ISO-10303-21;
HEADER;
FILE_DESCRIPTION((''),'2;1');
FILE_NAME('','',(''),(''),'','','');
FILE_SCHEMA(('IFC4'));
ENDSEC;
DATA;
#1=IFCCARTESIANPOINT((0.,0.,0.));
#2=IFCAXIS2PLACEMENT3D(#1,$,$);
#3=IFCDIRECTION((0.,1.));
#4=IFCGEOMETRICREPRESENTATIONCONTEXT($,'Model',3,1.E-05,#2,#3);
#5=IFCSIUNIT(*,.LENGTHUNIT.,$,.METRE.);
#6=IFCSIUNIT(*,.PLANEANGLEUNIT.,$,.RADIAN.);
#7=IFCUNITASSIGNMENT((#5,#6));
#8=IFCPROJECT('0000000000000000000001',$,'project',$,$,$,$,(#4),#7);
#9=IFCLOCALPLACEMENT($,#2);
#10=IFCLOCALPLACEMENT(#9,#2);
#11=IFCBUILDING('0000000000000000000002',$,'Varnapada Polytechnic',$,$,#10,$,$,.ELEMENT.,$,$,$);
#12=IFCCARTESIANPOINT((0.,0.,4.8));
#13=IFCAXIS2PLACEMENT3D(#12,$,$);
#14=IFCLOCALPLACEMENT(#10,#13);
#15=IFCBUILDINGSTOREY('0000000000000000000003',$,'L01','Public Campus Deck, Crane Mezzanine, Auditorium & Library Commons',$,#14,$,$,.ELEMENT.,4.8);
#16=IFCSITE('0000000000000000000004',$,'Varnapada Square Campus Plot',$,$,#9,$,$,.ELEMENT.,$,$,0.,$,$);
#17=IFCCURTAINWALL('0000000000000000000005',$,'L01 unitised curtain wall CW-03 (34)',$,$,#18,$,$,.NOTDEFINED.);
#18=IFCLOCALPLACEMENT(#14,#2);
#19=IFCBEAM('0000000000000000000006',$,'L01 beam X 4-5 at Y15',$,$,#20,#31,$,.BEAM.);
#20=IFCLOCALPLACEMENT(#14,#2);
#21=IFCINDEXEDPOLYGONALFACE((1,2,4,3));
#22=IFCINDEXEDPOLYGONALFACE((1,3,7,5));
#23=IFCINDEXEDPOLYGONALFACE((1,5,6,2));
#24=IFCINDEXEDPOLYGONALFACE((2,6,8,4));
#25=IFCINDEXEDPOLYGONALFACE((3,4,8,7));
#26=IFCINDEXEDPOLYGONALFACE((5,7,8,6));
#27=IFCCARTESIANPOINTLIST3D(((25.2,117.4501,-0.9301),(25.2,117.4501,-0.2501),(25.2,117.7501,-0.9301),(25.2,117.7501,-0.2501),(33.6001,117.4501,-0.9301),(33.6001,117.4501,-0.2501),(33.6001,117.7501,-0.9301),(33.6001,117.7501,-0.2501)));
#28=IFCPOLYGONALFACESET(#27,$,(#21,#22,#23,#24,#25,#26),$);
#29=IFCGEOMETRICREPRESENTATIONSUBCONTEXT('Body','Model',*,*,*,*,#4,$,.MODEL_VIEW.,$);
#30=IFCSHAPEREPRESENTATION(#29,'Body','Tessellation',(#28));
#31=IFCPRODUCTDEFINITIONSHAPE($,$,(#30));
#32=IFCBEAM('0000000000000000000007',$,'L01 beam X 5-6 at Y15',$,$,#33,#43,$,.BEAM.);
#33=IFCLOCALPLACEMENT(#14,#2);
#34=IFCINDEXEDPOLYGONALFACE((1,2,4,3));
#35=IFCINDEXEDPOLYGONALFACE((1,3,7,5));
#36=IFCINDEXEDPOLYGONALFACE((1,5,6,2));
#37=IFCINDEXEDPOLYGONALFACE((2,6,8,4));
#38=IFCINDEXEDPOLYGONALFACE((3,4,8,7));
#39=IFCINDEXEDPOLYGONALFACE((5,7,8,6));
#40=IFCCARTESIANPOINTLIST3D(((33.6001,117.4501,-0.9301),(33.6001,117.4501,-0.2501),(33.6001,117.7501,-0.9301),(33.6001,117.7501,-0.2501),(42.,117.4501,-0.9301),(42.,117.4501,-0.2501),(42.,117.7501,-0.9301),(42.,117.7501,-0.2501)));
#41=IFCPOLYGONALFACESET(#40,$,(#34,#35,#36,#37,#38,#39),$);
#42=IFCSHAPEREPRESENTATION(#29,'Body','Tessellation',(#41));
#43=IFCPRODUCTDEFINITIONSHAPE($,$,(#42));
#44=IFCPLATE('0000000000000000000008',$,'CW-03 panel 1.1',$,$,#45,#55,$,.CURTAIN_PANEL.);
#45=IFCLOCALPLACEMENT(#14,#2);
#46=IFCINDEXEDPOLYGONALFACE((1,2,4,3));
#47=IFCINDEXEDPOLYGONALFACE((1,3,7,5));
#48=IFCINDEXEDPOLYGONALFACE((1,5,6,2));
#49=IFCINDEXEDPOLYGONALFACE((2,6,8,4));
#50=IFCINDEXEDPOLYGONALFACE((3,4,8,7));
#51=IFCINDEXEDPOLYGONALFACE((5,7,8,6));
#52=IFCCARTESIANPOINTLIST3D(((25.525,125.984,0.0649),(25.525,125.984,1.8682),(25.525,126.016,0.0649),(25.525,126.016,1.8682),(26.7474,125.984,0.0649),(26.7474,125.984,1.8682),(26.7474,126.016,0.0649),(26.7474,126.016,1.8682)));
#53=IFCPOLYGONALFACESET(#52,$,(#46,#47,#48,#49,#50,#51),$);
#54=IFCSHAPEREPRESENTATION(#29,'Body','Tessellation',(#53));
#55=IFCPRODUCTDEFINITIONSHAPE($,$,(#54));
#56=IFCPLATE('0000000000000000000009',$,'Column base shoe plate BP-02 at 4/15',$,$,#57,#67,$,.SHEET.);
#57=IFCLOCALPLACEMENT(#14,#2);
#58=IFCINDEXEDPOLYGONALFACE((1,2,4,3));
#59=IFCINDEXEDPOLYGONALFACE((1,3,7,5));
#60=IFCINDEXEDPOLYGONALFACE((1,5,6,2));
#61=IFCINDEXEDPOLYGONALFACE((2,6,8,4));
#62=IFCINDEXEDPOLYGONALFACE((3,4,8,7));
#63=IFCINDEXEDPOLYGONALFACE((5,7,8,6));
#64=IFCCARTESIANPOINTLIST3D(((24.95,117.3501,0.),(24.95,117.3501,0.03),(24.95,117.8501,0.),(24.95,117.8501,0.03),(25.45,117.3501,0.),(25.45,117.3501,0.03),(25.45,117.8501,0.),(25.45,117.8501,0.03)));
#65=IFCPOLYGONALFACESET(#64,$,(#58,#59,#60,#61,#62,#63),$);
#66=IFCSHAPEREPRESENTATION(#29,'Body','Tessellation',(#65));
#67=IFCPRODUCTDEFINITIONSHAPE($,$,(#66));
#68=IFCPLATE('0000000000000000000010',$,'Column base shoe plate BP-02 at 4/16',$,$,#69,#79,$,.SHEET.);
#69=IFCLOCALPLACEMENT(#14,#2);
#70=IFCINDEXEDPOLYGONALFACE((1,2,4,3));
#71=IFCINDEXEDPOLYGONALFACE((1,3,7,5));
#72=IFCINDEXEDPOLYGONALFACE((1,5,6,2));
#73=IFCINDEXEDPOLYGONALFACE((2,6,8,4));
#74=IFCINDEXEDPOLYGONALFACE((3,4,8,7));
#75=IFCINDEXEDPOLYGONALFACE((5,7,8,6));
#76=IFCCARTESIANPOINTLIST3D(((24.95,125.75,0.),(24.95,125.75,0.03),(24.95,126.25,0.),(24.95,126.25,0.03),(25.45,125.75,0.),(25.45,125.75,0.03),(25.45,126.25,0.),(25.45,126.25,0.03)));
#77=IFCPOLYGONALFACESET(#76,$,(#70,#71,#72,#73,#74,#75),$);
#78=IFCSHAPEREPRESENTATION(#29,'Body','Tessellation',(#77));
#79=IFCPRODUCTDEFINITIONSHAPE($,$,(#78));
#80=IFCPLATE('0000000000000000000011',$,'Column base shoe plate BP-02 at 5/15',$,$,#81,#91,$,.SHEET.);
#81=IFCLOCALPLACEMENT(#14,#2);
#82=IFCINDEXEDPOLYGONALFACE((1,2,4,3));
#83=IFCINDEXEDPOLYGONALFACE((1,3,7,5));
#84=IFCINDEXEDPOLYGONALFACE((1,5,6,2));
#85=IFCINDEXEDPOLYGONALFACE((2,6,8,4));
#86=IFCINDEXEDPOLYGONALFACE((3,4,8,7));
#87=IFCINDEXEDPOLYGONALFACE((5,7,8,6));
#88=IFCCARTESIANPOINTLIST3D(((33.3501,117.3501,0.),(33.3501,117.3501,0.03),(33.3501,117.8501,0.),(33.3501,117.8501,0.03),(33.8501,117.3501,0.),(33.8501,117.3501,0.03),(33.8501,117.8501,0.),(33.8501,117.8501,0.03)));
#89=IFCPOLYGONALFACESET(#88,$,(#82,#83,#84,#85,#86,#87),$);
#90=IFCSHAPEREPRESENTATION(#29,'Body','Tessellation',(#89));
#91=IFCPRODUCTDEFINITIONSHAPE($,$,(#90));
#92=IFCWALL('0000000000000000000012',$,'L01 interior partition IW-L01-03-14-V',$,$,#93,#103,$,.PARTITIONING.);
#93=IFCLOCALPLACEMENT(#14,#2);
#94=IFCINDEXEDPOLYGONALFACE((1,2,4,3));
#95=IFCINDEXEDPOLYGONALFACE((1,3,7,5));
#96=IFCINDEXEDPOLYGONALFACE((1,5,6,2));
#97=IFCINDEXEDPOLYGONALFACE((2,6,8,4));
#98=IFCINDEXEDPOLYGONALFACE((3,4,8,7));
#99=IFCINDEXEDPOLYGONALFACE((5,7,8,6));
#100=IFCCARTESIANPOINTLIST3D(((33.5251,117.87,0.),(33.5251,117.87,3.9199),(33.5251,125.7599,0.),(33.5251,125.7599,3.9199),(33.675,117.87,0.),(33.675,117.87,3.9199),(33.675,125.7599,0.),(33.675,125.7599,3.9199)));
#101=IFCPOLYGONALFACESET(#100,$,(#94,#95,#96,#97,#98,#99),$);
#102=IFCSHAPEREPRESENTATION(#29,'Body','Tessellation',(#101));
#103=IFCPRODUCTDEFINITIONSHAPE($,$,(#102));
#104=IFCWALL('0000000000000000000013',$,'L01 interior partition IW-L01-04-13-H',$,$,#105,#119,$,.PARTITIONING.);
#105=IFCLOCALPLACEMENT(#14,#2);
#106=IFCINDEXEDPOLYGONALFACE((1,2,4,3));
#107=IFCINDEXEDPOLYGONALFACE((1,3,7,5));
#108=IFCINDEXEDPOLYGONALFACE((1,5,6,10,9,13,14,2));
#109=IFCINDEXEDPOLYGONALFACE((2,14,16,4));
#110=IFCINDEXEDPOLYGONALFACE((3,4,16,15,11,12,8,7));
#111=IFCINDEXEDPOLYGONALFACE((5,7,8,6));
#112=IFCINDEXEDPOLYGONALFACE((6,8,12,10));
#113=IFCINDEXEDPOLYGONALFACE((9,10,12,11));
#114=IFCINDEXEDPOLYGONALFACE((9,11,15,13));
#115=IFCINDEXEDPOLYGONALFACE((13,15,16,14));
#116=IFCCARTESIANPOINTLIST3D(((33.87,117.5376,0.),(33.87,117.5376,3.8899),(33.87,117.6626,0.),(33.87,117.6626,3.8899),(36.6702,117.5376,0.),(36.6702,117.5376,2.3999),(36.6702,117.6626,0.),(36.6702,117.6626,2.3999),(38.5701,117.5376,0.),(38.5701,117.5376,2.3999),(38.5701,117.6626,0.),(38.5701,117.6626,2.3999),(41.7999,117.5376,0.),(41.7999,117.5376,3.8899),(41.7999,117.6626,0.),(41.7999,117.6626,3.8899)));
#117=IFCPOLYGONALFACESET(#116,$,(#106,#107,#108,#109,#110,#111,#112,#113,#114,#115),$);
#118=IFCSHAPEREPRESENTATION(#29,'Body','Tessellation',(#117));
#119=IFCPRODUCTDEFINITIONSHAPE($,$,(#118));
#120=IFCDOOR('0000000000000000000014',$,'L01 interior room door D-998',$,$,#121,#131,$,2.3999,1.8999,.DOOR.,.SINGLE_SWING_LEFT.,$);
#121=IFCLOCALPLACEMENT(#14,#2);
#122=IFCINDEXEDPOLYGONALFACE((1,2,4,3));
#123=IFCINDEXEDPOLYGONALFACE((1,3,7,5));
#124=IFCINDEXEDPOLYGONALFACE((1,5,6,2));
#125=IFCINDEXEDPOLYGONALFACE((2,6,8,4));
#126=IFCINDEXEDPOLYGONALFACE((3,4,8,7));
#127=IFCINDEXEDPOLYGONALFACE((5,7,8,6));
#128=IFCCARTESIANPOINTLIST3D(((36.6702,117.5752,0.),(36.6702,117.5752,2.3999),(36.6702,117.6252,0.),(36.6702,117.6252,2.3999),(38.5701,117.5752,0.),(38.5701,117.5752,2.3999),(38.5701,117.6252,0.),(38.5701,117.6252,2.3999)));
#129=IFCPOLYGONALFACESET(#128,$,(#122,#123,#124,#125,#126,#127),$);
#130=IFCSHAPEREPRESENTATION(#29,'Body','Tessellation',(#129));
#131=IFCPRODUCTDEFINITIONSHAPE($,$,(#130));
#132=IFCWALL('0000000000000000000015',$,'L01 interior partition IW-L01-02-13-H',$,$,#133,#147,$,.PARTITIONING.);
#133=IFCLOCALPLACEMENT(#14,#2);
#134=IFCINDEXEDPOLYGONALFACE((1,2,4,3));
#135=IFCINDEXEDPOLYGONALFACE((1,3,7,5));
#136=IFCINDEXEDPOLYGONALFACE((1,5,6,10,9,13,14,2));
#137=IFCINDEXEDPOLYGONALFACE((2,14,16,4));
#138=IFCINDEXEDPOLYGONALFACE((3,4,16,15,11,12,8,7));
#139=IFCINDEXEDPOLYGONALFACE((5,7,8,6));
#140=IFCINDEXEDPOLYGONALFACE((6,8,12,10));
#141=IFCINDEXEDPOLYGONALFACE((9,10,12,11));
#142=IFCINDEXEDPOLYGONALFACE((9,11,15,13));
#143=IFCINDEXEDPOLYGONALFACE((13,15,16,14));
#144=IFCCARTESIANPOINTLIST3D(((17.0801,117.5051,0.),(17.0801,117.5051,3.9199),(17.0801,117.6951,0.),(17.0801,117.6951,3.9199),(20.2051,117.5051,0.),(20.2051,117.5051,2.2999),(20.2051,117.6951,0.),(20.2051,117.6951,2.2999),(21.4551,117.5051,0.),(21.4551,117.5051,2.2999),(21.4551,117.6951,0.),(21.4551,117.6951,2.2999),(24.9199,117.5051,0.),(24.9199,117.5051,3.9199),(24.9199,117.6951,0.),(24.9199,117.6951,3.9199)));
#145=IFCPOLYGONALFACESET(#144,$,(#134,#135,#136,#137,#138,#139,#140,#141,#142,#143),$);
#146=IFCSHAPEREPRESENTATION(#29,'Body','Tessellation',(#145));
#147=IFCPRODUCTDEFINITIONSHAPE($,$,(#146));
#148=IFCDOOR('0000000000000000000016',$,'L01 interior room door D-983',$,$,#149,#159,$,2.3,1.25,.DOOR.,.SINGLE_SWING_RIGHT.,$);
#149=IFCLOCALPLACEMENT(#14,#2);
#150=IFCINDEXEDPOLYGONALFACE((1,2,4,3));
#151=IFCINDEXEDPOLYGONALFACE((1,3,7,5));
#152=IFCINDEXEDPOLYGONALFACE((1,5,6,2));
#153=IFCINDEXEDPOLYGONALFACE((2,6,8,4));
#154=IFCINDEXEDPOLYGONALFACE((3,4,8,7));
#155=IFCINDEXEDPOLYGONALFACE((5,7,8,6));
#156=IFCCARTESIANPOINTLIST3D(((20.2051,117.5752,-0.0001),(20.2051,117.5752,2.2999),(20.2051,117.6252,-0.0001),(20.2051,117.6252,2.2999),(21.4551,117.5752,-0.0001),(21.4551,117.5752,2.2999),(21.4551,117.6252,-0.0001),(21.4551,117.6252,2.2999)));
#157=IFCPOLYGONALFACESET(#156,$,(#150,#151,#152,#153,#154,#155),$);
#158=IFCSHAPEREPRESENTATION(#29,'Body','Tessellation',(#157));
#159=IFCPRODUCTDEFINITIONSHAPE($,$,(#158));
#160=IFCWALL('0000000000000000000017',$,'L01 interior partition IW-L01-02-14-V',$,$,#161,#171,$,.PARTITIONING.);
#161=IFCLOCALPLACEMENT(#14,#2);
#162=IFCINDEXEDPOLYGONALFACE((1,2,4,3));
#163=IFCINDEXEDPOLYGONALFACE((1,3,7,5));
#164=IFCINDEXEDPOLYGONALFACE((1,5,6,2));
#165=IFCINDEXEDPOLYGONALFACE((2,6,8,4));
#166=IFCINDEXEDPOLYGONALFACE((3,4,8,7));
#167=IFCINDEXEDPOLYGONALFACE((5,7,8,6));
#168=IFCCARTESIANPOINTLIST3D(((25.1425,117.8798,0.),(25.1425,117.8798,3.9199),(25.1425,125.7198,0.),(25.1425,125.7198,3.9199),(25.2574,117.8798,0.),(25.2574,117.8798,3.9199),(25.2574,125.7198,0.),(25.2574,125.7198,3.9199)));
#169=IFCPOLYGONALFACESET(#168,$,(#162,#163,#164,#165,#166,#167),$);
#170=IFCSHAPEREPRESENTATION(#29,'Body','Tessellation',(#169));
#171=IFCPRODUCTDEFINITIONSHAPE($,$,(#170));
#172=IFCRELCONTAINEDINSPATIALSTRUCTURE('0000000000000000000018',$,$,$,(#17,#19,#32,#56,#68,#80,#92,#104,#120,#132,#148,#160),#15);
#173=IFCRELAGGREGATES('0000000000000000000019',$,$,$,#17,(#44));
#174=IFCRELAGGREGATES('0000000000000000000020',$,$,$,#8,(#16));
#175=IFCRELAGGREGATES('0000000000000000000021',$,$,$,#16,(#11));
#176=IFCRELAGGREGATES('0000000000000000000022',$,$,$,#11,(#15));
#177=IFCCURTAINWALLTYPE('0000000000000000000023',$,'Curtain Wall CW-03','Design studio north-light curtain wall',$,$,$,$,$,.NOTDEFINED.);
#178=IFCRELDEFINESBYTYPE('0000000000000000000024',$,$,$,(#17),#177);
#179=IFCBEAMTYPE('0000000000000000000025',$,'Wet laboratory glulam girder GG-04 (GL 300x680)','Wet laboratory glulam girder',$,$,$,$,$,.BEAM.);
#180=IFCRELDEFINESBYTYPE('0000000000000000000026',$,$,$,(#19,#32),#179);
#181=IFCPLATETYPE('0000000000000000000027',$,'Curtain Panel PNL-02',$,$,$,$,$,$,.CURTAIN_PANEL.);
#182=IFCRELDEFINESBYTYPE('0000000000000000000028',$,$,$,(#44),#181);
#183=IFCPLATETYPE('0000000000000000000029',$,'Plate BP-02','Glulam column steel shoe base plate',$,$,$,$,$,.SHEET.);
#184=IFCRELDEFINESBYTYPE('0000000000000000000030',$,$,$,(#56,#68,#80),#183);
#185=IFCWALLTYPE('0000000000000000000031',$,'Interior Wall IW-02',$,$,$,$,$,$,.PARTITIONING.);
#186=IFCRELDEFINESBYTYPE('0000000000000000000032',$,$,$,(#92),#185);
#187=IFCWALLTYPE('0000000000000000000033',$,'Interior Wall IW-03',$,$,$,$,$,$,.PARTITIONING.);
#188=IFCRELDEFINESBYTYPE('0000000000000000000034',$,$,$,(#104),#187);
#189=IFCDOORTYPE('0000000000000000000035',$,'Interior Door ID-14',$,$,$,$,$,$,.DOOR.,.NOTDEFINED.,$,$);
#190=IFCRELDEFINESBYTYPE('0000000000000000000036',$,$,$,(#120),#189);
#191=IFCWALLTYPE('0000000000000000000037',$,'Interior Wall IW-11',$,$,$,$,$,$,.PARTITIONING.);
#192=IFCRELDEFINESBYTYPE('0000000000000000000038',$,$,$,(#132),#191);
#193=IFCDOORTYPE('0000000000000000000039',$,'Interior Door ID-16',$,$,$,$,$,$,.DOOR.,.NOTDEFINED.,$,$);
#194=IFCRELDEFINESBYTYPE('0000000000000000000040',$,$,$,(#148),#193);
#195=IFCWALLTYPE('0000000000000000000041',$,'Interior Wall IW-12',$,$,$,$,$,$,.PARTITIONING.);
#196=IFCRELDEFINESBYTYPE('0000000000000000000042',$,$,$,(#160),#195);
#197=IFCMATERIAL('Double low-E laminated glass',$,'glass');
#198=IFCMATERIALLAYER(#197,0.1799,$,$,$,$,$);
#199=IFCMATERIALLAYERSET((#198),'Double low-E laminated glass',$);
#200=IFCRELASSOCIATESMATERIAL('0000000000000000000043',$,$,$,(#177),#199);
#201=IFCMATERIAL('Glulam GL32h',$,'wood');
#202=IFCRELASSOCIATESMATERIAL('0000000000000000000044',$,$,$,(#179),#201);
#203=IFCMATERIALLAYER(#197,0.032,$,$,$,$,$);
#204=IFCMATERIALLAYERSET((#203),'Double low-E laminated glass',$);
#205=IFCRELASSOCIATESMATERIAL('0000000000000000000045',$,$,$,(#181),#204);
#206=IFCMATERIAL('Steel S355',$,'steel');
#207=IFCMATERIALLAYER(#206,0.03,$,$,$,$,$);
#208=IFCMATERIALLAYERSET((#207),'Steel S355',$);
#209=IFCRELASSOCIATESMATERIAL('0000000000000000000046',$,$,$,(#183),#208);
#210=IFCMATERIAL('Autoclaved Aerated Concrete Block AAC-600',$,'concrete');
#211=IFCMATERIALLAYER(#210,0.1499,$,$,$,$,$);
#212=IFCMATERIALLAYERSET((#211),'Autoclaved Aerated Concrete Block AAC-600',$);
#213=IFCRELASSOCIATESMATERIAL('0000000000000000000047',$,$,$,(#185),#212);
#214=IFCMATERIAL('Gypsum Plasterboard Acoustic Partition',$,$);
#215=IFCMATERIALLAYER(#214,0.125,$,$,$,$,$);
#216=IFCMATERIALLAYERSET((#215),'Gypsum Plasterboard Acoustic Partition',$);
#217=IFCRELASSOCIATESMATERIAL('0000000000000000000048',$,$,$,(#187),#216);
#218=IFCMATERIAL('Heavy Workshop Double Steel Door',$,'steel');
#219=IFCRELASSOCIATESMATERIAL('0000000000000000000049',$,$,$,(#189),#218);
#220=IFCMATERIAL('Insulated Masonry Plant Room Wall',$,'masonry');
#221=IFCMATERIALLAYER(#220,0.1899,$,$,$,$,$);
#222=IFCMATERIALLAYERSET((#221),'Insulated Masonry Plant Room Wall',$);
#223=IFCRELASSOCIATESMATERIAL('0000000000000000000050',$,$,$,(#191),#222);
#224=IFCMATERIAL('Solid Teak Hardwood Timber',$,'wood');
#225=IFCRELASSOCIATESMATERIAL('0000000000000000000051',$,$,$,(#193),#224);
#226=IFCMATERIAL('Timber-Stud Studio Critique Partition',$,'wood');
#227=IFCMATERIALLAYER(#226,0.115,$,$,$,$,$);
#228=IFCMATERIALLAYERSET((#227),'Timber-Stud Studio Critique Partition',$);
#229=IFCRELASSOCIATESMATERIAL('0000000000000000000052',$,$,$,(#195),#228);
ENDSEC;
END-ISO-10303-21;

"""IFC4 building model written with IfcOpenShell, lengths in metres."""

from ifc_helpers import new_model, si_unit, direction, frame, frame_2d, origin, origin_2d, place, context, subcontext, project, spatial, rectangle, extrude, material, layer, layer_set, material_profile, profile_set, type_object, element, fill, aggregate, save


model = new_model("IFC4")

# Units and contexts
model_context = context("Model", 3, precision=1e-05, world=origin(), true_north=direction((0.0, 1.0)))
body_context = subcontext(model_context, "Body", "Model", "MODEL_VIEW")
ifc_project = project(units=[si_unit("LENGTHUNIT", "METRE"), si_unit("PLANEANGLEUNIT", "RADIAN")], contexts=[model_context])

# Site, building, storey
site_placement = place(None, origin())
site = spatial("IfcSite", under=ifc_project, at=site_placement, Name="Varnapada Square Campus Plot", CompositionType="ELEMENT", RefElevation=0.0)
building_placement = place(site_placement, origin())
building = spatial("IfcBuilding", under=site, at=building_placement, Name="Varnapada Polytechnic", CompositionType="ELEMENT")
storey_placement = place(building_placement, frame((0.0, 0.0, 4.8)))
storey = spatial("IfcBuildingStorey", under=building, at=storey_placement, Name="L01", Description="Public Campus Deck, Crane Mezzanine, Auditorium & Library Commons", CompositionType="ELEMENT", Elevation=4.8)

# Shared definitions
ifc_material_1 = material(Name="Glulam GL32h", Category="wood")

# Curtain wall
ifc_material_2 = material(Name="Double low-E laminated glass", Category="glass")
ifc_layer_1 = layer(ifc_material_2, 0.1799)
ifc_layer_set_1 = layer_set([ifc_layer_1], Name="Double low-E laminated glass")
curtain_wall_type = type_object("IfcCurtainWallType", Name="Curtain Wall CW-03", Description="Design studio north-light curtain wall", PredefinedType="NOTDEFINED", material=ifc_layer_set_1)
curtain_wall_placement = place(storey_placement, origin())
curtain_wall = element("IfcCurtainWall", 1, at=curtain_wall_placement, inside=storey, type_object=curtain_wall_type, Name="L01 unitised curtain wall CW-03 (34)", PredefinedType="NOTDEFINED")

# Beams
ifc_material_profile_1 = material_profile(ifc_material_1, rectangle(XDim=0.3, YDim=0.6799, at=origin_2d()), Name="GL 300x680")
ifc_profile_set_1 = profile_set([ifc_material_profile_1], Name="Glulam GL32h")
beam_type_1 = type_object("IfcBeamType", Name="Wet laboratory glulam girder GG-04 (GL 300x680)", Description="Wet laboratory glulam girder", PredefinedType="BEAM", material=ifc_profile_set_1)
beam_1_placement = place(storey_placement, frame((25.2, 117.6001, -0.5901), z_axis=(1.0, 0.0, 0.0), x_axis=(0.0, 1.0, 0.0)))
element("IfcBeam", 2, at=beam_1_placement, inside=storey, type_object=beam_type_1, Name="L01 beam X 4-5 at Y15", PredefinedType="BEAM", context=body_context, shape_type="SweptSolid", body=[
    extrude(rectangle(XDim=0.3, YDim=0.6799, at=origin_2d()), origin(), (0.0, 0.0, 1.0), 8.4001),
])
beam_2_placement = place(storey_placement, frame((33.6001, 117.6001, -0.5901), z_axis=(1.0, 0.0, 0.0), x_axis=(0.0, 1.0, 0.0)))
element("IfcBeam", 3, at=beam_2_placement, inside=storey, type_object=beam_type_1, Name="L01 beam X 5-6 at Y15", PredefinedType="BEAM", context=body_context, shape_type="SweptSolid", body=[
    extrude(rectangle(XDim=0.3, YDim=0.6799, at=origin_2d()), origin(), (0.0, 0.0, 1.0), 8.3999),
])

# Plate
ifc_layer_2 = layer(ifc_material_2, 0.032)
ifc_layer_set_2 = layer_set([ifc_layer_2], Name="Double low-E laminated glass")
plate_type_1 = type_object("IfcPlateType", Name="Curtain Panel PNL-02", PredefinedType="CURTAIN_PANEL", material=ifc_layer_set_2)
plate_placement = place(storey_placement, frame((26.1362, 126.0, 0.0649), z_axis=(0.0, 0.0, 1.0), x_axis=(1.0, 0.0, 0.0)))
plate = element("IfcPlate", 4, at=plate_placement, type_object=plate_type_1, Name="CW-03 panel 1.1", PredefinedType="CURTAIN_PANEL", context=body_context, shape_type="SweptSolid", body=[
    extrude(rectangle(XDim=1.2224, YDim=0.032, at=origin_2d()), origin(), (0.0, 0.0, 1.0), 1.8032),
])
aggregate(curtain_wall, [plate])

# Plates
ifc_material_3 = material(Name="Steel S355", Category="steel")
ifc_layer_3 = layer(ifc_material_3, 0.03)
ifc_layer_set_3 = layer_set([ifc_layer_3], Name="Steel S355")
plate_type_2 = type_object("IfcPlateType", Name="Plate BP-02", Description="Glulam column steel shoe base plate", PredefinedType="SHEET", material=ifc_layer_set_3)
for number, where, z_axis, x_axis, name in (
    (5, (25.2, 117.6001, 0.0), (0.0, 0.0, 1.0), (1.0, 0.0, 0.0), "Column base shoe plate BP-02 at 4/15"),
    (6, (25.2, 126.0, 0.0), (0.0, 0.0, 1.0), (1.0, 0.0, 0.0), "Column base shoe plate BP-02 at 4/16"),
    (7, (33.6001, 117.6001, 0.0), (0.0, 0.0, 1.0), (1.0, 0.0, 0.0), "Column base shoe plate BP-02 at 5/15"),
):
    element("IfcPlate", number, at=place(storey_placement, frame(where, z_axis=z_axis, x_axis=x_axis)), inside=storey, type_object=plate_type_2, Name=name, PredefinedType="SHEET", context=body_context, shape_type="SweptSolid", body=[
        extrude(rectangle(XDim=0.5, YDim=0.5, at=origin_2d()), origin(), (0.0, 0.0, 1.0), 0.03),
    ])

# Wall
ifc_material_4 = material(Name="Autoclaved Aerated Concrete Block AAC-600", Category="concrete")
ifc_layer_4 = layer(ifc_material_4, 0.1499)
ifc_layer_set_4 = layer_set([ifc_layer_4], Name="Autoclaved Aerated Concrete Block AAC-600")
wall_type_1 = type_object("IfcWallType", Name="Interior Wall IW-02", PredefinedType="PARTITIONING", material=ifc_layer_set_4)
wall_1_placement = place(storey_placement, frame((33.6001, 117.8701, 0.0), z_axis=(0.0, 0.0, 1.0), x_axis=(0.0, 1.0, 0.0)))
element("IfcWall", 8, at=wall_1_placement, inside=storey, type_object=wall_type_1, Name="L01 interior partition IW-L01-03-14-V", PredefinedType="PARTITIONING", context=body_context, shape_type="SweptSolid", body=[
    extrude(rectangle(XDim=7.8899, YDim=0.1499, at=frame_2d((3.9448, 0.0))), origin(), (0.0, 0.0, 1.0), 3.9199),
])

# Walls, openings, doors
ifc_material_5 = material(Name="Gypsum Plasterboard Acoustic Partition")
ifc_layer_5 = layer(ifc_material_5, 0.125)
ifc_layer_set_5 = layer_set([ifc_layer_5], Name="Gypsum Plasterboard Acoustic Partition")
wall_type_2 = type_object("IfcWallType", Name="Interior Wall IW-03", PredefinedType="PARTITIONING", material=ifc_layer_set_5)
wall_2_placement = place(storey_placement, frame((33.8701, 117.6001, 0.0), z_axis=(0.0, 0.0, 1.0), x_axis=(1.0, 0.0, 0.0)))
wall_2 = element("IfcWall", 9, at=wall_2_placement, inside=storey, type_object=wall_type_2, Name="L01 interior partition IW-L01-04-13-H", PredefinedType="PARTITIONING", context=body_context, shape_type="SweptSolid", body=[
    extrude(rectangle(XDim=7.9299, YDim=0.125, at=frame_2d((3.9648, 0.0))), origin(), (0.0, 0.0, 1.0), 3.8899),
])
opening_1_placement = place(wall_2_placement, frame((2.8, 0.0, 0.0)))
opening_1 = element("IfcOpeningElement", 10, at=opening_1_placement, cuts=wall_2, PredefinedType="OPENING", context=body_context, shape_type="SweptSolid", body=[
    extrude(rectangle(XDim=1.8999, YDim=2.3999, at=frame_2d((0.95, 1.2))), frame((0.0, 0.0725, 0.0), z_axis=(0.0, -1.0, 0.0), x_axis=(1.0, 0.0, 0.0)), (0.0, 0.0, 1.0), 0.145),
])
ifc_material_6 = material(Name="Heavy Workshop Double Steel Door", Category="steel")
door_type_1 = type_object("IfcDoorType", Name="Interior Door ID-14", OperationType="NOTDEFINED", PredefinedType="DOOR", material=ifc_material_6)
door_1_placement = place(opening_1_placement, frame((1.8999, 0.0, 0.0), z_axis=(0.0, 0.0, 1.0), x_axis=(-1.0, 0.0, 0.0)))
door_1 = element("IfcDoor", 11, at=door_1_placement, inside=storey, type_object=door_type_1, Name="L01 interior room door D-998", OperationType="SINGLE_SWING_LEFT", OverallHeight=2.3999, OverallWidth=1.8999, PredefinedType="DOOR", context=body_context, shape_type="SweptSolid", body=[
    extrude(rectangle(XDim=1.8999, YDim=2.3999, at=frame_2d((0.95, 1.2))), frame((0.0, 0.0249, 0.0), z_axis=(0.0, -1.0, 0.0), x_axis=(1.0, 0.0, 0.0)), (0.0, 0.0, 1.0), 0.05),
])
fill(opening_1, door_1)
ifc_material_7 = material(Name="Insulated Masonry Plant Room Wall", Category="masonry")
ifc_layer_6 = layer(ifc_material_7, 0.1899)
ifc_layer_set_6 = layer_set([ifc_layer_6], Name="Insulated Masonry Plant Room Wall")
wall_type_3 = type_object("IfcWallType", Name="Interior Wall IW-11", PredefinedType="PARTITIONING", material=ifc_layer_set_6)
wall_3_placement = place(storey_placement, frame((17.0801, 117.6001, 0.0), z_axis=(0.0, 0.0, 1.0), x_axis=(1.0, 0.0, 0.0)))
wall_3 = element("IfcWall", 12, at=wall_3_placement, inside=storey, type_object=wall_type_3, Name="L01 interior partition IW-L01-02-13-H", PredefinedType="PARTITIONING", context=body_context, shape_type="SweptSolid", body=[
    extrude(rectangle(XDim=7.8398, YDim=0.1899, at=frame_2d((3.9199, 0.0))), origin(), (0.0, 0.0, 1.0), 3.9199),
])
opening_2_placement = place(wall_3_placement, frame((3.125, 0.0, 0.0)))
opening_2 = element("IfcOpeningElement", 13, at=opening_2_placement, cuts=wall_3, PredefinedType="OPENING", context=body_context, shape_type="SweptSolid", body=[
    extrude(rectangle(XDim=1.25, YDim=2.3, at=frame_2d((0.625, 1.1499))), frame((0.0, 0.105, 0.0), z_axis=(0.0, -1.0, 0.0), x_axis=(1.0, 0.0, 0.0)), (0.0, 0.0, 1.0), 0.21),
])
ifc_material_8 = material(Name="Solid Teak Hardwood Timber", Category="wood")
door_type_2 = type_object("IfcDoorType", Name="Interior Door ID-16", OperationType="NOTDEFINED", PredefinedType="DOOR", material=ifc_material_8)
door_2_placement = place(opening_2_placement, frame((1.25, 0.0, 0.0), z_axis=(0.0, 0.0, 1.0), x_axis=(-1.0, 0.0, 0.0)))
door_2 = element("IfcDoor", 14, at=door_2_placement, inside=storey, type_object=door_type_2, Name="L01 interior room door D-983", OperationType="SINGLE_SWING_RIGHT", OverallHeight=2.3, OverallWidth=1.25, PredefinedType="DOOR", context=body_context, shape_type="SweptSolid", body=[
    extrude(rectangle(XDim=1.25, YDim=2.3, at=frame_2d((0.625, 1.1499))), frame((0.0, 0.0249, 0.0), z_axis=(0.0, -1.0, 0.0), x_axis=(1.0, 0.0, 0.0)), (0.0, 0.0, 1.0), 0.05),
])
fill(opening_2, door_2)

# Wall
ifc_material_9 = material(Name="Timber-Stud Studio Critique Partition", Category="wood")
ifc_layer_7 = layer(ifc_material_9, 0.115)
ifc_layer_set_7 = layer_set([ifc_layer_7], Name="Timber-Stud Studio Critique Partition")
wall_type_4 = type_object("IfcWallType", Name="Interior Wall IW-12", PredefinedType="PARTITIONING", material=ifc_layer_set_7)
wall_4_placement = place(storey_placement, frame((25.2, 117.8799, 0.0), z_axis=(0.0, 0.0, 1.0), x_axis=(0.0, 1.0, 0.0)))
element("IfcWall", 15, at=wall_4_placement, inside=storey, type_object=wall_type_4, Name="L01 interior partition IW-L01-02-14-V", PredefinedType="PARTITIONING", context=body_context, shape_type="SweptSolid", body=[
    extrude(rectangle(XDim=7.8401, YDim=0.115, at=frame_2d((3.9199, 0.0))), origin(), (0.0, 0.0, 1.0), 3.9199),
])

save(model, "model.ifc")
